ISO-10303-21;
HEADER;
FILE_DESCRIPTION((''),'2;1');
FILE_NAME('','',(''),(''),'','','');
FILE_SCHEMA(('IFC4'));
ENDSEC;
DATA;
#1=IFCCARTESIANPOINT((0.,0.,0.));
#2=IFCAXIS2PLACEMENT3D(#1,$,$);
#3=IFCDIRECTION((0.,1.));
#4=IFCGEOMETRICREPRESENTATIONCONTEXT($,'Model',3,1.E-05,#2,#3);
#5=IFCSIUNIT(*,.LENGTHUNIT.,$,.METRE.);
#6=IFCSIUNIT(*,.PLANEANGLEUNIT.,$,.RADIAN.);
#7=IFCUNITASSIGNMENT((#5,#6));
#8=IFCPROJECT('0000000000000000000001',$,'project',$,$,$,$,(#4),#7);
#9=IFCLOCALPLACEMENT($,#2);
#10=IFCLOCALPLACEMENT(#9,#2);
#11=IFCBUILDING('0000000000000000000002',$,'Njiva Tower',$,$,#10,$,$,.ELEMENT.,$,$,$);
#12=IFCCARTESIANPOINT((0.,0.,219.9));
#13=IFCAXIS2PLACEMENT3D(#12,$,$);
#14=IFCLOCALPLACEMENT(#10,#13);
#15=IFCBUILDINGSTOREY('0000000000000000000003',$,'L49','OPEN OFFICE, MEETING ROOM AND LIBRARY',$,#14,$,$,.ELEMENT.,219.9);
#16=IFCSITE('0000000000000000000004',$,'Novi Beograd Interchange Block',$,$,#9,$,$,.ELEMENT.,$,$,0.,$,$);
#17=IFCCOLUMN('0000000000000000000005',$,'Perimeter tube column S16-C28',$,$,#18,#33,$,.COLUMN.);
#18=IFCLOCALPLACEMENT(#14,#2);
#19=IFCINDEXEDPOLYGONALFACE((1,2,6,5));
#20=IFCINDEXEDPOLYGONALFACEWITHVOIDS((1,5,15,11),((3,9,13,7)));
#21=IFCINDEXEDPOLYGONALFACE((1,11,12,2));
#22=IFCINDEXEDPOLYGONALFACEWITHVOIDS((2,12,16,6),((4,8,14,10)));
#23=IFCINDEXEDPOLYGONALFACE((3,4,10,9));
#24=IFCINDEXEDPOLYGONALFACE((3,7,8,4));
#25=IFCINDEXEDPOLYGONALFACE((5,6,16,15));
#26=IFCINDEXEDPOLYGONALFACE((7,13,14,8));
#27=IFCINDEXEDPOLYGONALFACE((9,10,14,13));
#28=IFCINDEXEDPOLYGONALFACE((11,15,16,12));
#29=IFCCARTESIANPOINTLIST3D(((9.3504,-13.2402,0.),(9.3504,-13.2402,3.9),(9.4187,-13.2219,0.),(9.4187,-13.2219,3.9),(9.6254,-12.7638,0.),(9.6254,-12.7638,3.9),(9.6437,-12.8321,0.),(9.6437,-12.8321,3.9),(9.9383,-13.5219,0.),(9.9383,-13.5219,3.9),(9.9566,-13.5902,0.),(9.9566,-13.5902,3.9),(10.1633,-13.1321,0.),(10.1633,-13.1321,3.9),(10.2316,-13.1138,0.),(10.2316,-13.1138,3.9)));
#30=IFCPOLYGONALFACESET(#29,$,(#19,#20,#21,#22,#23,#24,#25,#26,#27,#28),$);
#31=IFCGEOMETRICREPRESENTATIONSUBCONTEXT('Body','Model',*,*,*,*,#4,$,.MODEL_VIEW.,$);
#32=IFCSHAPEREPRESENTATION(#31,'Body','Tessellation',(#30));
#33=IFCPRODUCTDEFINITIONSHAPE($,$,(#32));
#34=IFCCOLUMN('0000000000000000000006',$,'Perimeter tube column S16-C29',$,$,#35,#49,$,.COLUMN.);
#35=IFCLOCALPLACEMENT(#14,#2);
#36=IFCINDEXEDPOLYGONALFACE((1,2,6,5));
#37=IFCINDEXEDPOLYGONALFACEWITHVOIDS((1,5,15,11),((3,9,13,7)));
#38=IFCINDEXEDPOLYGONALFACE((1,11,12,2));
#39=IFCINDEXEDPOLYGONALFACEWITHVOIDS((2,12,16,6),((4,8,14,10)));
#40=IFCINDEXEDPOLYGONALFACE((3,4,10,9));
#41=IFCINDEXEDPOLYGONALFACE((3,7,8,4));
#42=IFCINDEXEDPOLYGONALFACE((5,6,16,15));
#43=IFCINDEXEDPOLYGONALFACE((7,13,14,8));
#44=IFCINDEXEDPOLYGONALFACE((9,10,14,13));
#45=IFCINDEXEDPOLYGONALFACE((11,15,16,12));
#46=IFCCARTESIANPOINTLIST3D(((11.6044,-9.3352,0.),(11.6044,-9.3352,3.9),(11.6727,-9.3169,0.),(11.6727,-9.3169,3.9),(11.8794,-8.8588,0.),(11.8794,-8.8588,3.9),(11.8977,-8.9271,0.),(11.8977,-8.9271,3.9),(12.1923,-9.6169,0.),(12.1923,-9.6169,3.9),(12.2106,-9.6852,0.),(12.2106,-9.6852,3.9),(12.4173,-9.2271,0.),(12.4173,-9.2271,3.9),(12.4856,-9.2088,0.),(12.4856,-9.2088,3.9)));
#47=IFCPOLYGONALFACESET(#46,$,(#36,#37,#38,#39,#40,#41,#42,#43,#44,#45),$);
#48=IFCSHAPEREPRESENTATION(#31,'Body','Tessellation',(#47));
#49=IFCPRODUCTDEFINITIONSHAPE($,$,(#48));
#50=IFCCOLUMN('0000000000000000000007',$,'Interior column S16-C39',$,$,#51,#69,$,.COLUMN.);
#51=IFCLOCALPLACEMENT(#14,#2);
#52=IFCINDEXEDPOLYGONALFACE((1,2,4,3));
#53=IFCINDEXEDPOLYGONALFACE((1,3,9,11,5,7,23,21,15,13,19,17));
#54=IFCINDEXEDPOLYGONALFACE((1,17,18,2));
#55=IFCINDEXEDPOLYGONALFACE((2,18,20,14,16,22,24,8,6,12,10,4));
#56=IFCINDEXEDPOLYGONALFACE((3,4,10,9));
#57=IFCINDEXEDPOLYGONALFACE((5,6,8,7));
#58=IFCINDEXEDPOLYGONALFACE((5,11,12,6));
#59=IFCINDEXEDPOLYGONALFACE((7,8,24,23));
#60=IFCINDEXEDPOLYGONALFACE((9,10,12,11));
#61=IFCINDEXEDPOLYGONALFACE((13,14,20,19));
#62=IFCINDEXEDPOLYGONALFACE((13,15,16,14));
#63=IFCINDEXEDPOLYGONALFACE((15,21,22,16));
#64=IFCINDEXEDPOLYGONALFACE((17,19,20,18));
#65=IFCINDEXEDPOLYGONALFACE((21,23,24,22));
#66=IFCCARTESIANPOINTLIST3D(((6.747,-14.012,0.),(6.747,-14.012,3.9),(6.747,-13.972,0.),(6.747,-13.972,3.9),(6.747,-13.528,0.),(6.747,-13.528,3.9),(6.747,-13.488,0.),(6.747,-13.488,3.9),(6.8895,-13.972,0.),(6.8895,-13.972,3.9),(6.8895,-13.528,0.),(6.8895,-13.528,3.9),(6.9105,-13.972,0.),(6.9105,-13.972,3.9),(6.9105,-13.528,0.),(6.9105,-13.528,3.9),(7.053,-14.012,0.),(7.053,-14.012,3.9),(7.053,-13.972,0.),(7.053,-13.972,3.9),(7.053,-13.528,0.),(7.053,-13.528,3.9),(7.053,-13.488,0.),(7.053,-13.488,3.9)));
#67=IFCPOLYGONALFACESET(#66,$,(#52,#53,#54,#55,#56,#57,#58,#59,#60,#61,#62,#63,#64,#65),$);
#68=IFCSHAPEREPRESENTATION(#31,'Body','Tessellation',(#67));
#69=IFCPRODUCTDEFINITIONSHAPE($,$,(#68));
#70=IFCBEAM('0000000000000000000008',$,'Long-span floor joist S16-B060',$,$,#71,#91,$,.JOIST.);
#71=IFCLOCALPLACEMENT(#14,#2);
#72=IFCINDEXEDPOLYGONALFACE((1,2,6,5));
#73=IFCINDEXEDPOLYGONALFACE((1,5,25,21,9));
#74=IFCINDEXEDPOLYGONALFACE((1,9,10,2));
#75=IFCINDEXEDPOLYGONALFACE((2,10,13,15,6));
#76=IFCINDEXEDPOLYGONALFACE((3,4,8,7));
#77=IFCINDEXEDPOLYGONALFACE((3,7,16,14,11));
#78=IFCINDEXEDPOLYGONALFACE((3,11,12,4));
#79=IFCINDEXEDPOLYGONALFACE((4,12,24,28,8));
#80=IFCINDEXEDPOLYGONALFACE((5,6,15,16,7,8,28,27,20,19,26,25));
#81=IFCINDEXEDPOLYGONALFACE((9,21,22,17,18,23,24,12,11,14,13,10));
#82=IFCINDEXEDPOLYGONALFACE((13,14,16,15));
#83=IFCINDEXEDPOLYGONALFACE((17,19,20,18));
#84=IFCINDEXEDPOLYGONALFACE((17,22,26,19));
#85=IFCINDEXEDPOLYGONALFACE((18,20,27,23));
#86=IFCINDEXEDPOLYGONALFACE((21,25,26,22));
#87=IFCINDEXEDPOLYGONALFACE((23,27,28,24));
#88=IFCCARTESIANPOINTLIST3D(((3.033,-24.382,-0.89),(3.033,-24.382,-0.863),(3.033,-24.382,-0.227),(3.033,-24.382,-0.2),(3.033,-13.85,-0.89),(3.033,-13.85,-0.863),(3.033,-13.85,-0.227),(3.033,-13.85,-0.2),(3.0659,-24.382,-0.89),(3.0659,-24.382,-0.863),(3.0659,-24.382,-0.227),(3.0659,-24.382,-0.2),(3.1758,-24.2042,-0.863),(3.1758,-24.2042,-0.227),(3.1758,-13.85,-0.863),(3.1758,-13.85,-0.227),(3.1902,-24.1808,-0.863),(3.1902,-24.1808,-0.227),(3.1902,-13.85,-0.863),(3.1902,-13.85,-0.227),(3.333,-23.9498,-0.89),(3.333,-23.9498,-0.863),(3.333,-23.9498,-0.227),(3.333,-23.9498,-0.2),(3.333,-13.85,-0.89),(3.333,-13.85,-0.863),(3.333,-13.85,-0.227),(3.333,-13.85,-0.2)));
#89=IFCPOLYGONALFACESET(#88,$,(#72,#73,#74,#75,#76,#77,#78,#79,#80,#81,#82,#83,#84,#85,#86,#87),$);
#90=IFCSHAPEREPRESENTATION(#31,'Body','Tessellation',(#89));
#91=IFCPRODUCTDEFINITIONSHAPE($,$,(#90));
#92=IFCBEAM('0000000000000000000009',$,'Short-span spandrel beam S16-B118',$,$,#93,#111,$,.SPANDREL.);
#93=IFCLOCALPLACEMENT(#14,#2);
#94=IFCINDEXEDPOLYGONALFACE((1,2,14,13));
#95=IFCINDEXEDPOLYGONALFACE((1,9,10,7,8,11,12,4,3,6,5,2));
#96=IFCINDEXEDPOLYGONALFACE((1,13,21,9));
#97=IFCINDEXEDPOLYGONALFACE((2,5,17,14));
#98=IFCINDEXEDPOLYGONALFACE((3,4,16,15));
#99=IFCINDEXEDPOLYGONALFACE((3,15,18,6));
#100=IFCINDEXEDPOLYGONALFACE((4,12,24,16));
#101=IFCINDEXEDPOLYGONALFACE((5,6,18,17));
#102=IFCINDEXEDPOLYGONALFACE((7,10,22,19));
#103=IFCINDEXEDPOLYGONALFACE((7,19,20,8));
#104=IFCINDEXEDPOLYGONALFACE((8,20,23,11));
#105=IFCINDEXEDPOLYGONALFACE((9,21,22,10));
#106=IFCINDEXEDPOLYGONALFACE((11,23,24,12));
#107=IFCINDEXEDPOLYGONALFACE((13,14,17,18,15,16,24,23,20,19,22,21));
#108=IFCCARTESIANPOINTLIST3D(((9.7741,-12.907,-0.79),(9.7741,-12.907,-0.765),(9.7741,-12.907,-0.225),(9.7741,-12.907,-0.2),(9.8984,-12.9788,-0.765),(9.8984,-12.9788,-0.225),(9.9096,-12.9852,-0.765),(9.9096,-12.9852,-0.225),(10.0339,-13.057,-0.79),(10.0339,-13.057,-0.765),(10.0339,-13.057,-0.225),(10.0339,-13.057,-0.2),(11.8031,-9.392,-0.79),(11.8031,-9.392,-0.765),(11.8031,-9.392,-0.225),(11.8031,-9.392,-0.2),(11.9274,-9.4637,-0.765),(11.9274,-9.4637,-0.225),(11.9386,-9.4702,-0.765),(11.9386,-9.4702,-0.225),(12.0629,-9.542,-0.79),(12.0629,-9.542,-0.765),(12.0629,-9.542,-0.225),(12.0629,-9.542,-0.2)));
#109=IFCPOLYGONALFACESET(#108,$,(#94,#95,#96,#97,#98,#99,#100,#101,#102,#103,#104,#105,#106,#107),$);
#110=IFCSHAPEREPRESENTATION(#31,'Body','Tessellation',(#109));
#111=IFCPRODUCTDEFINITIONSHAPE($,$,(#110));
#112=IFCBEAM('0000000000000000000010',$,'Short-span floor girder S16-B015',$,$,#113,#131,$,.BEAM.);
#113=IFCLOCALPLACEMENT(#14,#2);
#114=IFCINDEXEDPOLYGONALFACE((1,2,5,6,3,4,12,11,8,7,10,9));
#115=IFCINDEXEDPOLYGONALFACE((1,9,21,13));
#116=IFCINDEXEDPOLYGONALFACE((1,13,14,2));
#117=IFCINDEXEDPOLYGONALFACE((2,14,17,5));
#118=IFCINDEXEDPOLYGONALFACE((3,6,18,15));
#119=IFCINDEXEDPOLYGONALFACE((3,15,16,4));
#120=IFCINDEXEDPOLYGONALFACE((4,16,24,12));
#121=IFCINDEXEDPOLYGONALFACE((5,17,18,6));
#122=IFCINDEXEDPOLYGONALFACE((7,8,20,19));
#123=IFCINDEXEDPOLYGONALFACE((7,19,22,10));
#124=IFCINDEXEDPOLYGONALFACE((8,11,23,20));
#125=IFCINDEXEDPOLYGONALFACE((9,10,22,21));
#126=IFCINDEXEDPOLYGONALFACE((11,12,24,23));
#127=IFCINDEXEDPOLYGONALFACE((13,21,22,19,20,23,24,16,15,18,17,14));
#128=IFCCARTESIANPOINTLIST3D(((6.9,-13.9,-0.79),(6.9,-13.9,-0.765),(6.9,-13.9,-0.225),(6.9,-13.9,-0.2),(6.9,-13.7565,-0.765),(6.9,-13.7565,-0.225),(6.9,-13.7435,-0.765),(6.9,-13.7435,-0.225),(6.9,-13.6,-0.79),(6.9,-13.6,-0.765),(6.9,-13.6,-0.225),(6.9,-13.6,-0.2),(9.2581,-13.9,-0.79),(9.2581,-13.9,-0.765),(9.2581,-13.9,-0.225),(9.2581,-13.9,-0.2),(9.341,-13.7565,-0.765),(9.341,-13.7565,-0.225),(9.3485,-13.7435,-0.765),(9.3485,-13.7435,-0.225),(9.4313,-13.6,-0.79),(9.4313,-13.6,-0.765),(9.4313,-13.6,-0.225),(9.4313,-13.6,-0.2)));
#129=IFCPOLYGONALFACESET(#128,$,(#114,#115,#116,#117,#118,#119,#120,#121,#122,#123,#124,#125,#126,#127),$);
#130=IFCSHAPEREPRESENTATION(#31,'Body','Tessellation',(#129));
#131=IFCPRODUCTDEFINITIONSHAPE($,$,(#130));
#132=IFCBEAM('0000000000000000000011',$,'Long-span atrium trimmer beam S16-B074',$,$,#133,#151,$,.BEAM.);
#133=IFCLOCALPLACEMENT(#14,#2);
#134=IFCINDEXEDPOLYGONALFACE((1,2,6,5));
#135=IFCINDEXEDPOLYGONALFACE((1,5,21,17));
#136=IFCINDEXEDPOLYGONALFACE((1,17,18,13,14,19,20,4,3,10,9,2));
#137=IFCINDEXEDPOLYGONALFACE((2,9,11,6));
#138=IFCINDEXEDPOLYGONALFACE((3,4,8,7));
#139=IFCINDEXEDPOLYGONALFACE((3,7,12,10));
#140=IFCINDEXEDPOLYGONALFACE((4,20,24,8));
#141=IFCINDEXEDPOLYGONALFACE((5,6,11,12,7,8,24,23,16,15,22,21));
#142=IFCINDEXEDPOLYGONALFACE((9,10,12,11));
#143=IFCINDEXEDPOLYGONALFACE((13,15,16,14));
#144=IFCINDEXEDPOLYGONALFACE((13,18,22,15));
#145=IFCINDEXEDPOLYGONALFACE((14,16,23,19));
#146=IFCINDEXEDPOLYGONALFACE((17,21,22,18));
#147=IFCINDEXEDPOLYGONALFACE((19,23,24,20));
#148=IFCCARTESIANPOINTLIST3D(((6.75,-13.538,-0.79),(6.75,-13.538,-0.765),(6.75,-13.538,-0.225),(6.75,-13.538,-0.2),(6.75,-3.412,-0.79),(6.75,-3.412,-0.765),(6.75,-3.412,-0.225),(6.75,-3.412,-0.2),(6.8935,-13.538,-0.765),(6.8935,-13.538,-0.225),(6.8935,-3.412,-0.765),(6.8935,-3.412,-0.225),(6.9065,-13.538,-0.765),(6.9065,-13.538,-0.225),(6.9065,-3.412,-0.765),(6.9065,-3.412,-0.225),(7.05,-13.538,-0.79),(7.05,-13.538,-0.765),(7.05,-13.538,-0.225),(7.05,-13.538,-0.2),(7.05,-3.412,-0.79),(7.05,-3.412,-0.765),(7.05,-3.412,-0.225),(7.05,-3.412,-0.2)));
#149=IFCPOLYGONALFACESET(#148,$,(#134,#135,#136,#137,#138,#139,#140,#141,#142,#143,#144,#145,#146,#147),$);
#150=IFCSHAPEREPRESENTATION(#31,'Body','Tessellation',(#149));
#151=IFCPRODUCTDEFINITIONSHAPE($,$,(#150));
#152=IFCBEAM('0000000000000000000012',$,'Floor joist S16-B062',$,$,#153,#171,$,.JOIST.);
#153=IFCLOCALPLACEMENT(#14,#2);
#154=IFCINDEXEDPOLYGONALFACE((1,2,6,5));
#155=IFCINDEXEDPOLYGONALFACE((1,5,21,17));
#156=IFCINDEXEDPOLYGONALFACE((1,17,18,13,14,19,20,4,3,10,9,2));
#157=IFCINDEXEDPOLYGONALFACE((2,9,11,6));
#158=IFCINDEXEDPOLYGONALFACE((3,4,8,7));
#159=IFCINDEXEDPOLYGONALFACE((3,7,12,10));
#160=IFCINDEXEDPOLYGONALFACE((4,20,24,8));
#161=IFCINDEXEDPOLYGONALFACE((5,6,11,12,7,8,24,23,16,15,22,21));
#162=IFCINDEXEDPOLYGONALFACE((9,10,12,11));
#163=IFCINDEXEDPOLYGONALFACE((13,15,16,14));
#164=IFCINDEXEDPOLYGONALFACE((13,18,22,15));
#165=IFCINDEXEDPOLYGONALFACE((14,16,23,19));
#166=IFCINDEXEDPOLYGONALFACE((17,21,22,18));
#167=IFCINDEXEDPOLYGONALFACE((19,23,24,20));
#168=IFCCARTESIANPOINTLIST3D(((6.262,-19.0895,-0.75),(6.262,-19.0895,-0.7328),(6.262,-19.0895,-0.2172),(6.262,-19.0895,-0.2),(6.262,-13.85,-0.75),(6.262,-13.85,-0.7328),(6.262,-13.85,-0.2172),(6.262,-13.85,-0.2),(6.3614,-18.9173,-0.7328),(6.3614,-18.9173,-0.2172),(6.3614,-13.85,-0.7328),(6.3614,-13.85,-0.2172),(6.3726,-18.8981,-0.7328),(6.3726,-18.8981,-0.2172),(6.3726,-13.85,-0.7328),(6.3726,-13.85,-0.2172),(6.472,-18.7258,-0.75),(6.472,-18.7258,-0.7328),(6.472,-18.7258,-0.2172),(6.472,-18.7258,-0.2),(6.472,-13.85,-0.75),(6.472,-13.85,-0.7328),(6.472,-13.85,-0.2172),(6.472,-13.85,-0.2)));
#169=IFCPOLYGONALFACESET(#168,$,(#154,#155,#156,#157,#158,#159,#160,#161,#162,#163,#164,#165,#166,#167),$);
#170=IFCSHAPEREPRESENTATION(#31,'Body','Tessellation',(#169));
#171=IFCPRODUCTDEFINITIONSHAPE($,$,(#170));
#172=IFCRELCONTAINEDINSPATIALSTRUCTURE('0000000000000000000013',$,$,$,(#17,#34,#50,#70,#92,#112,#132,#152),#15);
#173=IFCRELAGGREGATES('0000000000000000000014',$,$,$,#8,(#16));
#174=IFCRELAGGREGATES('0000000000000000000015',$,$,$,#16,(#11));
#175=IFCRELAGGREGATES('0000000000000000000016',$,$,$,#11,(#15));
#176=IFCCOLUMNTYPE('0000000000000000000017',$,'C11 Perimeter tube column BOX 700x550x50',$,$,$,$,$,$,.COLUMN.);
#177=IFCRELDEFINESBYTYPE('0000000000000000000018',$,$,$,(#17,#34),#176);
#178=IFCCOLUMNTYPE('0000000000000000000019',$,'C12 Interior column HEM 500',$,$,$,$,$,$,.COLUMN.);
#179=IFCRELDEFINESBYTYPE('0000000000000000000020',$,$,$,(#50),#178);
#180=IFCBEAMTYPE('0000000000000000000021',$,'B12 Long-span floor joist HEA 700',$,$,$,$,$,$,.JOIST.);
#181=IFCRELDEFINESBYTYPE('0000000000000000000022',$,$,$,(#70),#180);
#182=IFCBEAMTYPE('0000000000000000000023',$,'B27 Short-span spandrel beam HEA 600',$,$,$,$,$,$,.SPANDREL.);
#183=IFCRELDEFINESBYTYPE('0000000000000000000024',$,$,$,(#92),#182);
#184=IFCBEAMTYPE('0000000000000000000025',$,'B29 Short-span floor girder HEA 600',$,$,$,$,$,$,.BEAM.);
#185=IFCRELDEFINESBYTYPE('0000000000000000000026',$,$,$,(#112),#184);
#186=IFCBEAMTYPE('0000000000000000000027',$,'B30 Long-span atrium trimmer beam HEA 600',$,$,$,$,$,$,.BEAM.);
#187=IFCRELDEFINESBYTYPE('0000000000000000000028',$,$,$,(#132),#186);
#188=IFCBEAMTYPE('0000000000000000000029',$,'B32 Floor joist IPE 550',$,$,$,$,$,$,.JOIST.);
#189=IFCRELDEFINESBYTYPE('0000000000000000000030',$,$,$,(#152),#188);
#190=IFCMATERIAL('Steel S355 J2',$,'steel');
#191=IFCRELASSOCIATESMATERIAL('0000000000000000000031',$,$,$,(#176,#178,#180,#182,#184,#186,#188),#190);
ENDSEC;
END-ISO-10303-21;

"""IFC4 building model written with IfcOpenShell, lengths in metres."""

from ifc_helpers import new_model, si_unit, direction, frame, origin, origin_2d, place, context, subcontext, project, spatial, hollow_rectangle, i_section, extrude, clip, halfspace, material, material_profile, profile_set, type_object, element, save


model = new_model("IFC4")

# Units and contexts
model_context = context("Model", 3, precision=1e-05, world=origin(), true_north=direction((0.0, 1.0)))
body_context = subcontext(model_context, "Body", "Model", "MODEL_VIEW")
ifc_project = project(units=[si_unit("LENGTHUNIT", "METRE"), si_unit("PLANEANGLEUNIT", "RADIAN")], contexts=[model_context])

# Site, building, storey
site_placement = place(None, origin())
site = spatial("IfcSite", under=ifc_project, at=site_placement, Name="Novi Beograd Interchange Block", CompositionType="ELEMENT", RefElevation=0.0)
building_placement = place(site_placement, origin())
building = spatial("IfcBuilding", under=site, at=building_placement, Name="Njiva Tower", CompositionType="ELEMENT")
storey_placement = place(building_placement, frame((0.0, 0.0, 219.9)))
storey = spatial("IfcBuildingStorey", under=building, at=storey_placement, Name="L49", Description="OPEN OFFICE, MEETING ROOM AND LIBRARY", CompositionType="ELEMENT", Elevation=219.9)

# Columns
ifc_material_1 = material(Name="Steel S355 J2", Category="steel")
ifc_material_profile_1 = material_profile(ifc_material_1, hollow_rectangle(XDim=0.55, YDim=0.7, WallThickness=0.05, at=origin_2d()), Name="BOX 700x550x50")
ifc_profile_set_1 = profile_set([ifc_material_profile_1], Name="Steel S355 J2")
column_type_1 = type_object("IfcColumnType", Name="C11 Perimeter tube column BOX 700x550x50", PredefinedType="COLUMN", material=ifc_profile_set_1)
for number, where, z_axis, x_axis, name in (
    (1, (9.791, -13.177, 0.0), (0.0, 0.0, 1.0), (0.5, 0.866025, 0.0), "Perimeter tube column S16-C28"),
    (2, (12.045, -9.272, 0.0), (0.0, 0.0, 1.0), (0.5, 0.866025, 0.0), "Perimeter tube column S16-C29"),
):
    element("IfcColumn", number, at=place(storey_placement, frame(where, z_axis=z_axis, x_axis=x_axis)), inside=storey, type_object=column_type_1, Name=name, PredefinedType="COLUMN", context=body_context, shape_type="SweptSolid", body=[
        extrude(hollow_rectangle(XDim=0.55, YDim=0.7, WallThickness=0.05, at=origin_2d()), origin(), (0.0, 0.0, 1.0), 3.9),
    ])
ifc_material_profile_2 = material_profile(ifc_material_1, i_section(OverallWidth=0.306, OverallDepth=0.524, WebThickness=0.021, FlangeThickness=0.04, at=origin_2d()), Name="HEM 500")
ifc_profile_set_2 = profile_set([ifc_material_profile_2], Name="Steel S355 J2")
column_type_2 = type_object("IfcColumnType", Name="C12 Interior column HEM 500", PredefinedType="COLUMN", material=ifc_profile_set_2)
column_placement = place(storey_placement, frame((6.9, -13.75, 0.0), z_axis=(0.0, 0.0, 1.0), x_axis=(1.0, 0.0, 0.0)))
element("IfcColumn", 3, at=column_placement, inside=storey, type_object=column_type_2, Name="Interior column S16-C39", PredefinedType="COLUMN", context=body_context, shape_type="SweptSolid", body=[
    extrude(i_section(OverallWidth=0.306, OverallDepth=0.524, WebThickness=0.021, FlangeThickness=0.04, at=origin_2d()), origin(), (0.0, 0.0, 1.0), 3.9),
])

# Beams
ifc_material_profile_3 = material_profile(ifc_material_1, i_section(OverallWidth=0.3, OverallDepth=0.69, WebThickness=0.0145, FlangeThickness=0.027, at=origin_2d()), Name="HEA 700")
ifc_profile_set_3 = profile_set([ifc_material_profile_3], Name="Steel S355 J2")
beam_type_1 = type_object("IfcBeamType", Name="B12 Long-span floor joist HEA 700", PredefinedType="JOIST", material=ifc_profile_set_3)
beam_1_placement = place(storey_placement, frame((3.183, -13.85, -0.545), z_axis=(0.0, -1.0, 0.0), x_axis=(1.0, 0.0, 0.0)))
element("IfcBeam", 4, at=beam_1_placement, inside=storey, type_object=beam_type_1, Name="Long-span floor joist S16-B060", PredefinedType="JOIST", context=body_context, shape_type="Clipping", body=[
    clip(extrude(i_section(OverallWidth=0.3, OverallDepth=0.69, WebThickness=0.0145, FlangeThickness=0.027, at=origin_2d()), origin(), (0.0, 0.0, 1.0), 10.532), halfspace(frame((0.0429, 0.0, 10.2731), z_axis=(0.850625, 0.0, 0.525773), x_axis=(0.0, 1.0, 0.0)), False)),
])
ifc_material_profile_4 = material_profile(ifc_material_1, i_section(OverallWidth=0.3, OverallDepth=0.59, WebThickness=0.013, FlangeThickness=0.025, at=origin_2d()), Name="HEA 600")
ifc_profile_set_4 = profile_set([ifc_material_profile_4], Name="Steel S355 J2")
beam_type_2 = type_object("IfcBeamType", Name="B27 Short-span spandrel beam HEA 600", PredefinedType="SPANDREL", material=ifc_profile_set_4)
beam_2_placement = place(storey_placement, frame((9.904, -12.982, -0.495), z_axis=(0.499929, 0.866067, 0.0), x_axis=(-0.866067, 0.499929, 0.0)))
element("IfcBeam", 5, at=beam_2_placement, inside=storey, type_object=beam_type_2, Name="Short-span spandrel beam S16-B118", PredefinedType="SPANDREL", context=body_context, shape_type="SweptSolid", body=[
    extrude(i_section(OverallWidth=0.3, OverallDepth=0.59, WebThickness=0.013, FlangeThickness=0.025, at=origin_2d()), origin(), (0.0, 0.0, 1.0), 4.0586),
])
ifc_material_profile_5 = material_profile(ifc_material_1, i_section(OverallWidth=0.3, OverallDepth=0.59, WebThickness=0.013, FlangeThickness=0.025, at=origin_2d()), Name="HEA 600")
ifc_profile_set_5 = profile_set([ifc_material_profile_5], Name="Steel S355 J2")
beam_type_3 = type_object("IfcBeamType", Name="B29 Short-span floor girder HEA 600", PredefinedType="BEAM", material=ifc_profile_set_5)
beam_3_placement = place(storey_placement, frame((6.9, -13.75, -0.495), z_axis=(1.0, 0.0, 0.0), x_axis=(0.0, 1.0, 0.0)))
element("IfcBeam", 6, at=beam_3_placement, inside=storey, type_object=beam_type_3, Name="Short-span floor girder S16-B015", PredefinedType="BEAM", context=body_context, shape_type="Clipping", body=[
    clip(extrude(i_section(OverallWidth=0.3, OverallDepth=0.59, WebThickness=0.013, FlangeThickness=0.025, at=origin_2d()), origin(), (0.0, 0.0, 1.0), 2.552), halfspace(frame((-0.025, 0.0, 2.4303), z_axis=(-0.499998, 0.0, 0.866027), x_axis=(0.0, 1.0, 0.0)), False)),
])
ifc_material_profile_6 = material_profile(ifc_material_1, i_section(OverallWidth=0.3, OverallDepth=0.59, WebThickness=0.013, FlangeThickness=0.025, at=origin_2d()), Name="HEA 600")
ifc_profile_set_6 = profile_set([ifc_material_profile_6], Name="Steel S355 J2")
beam_type_4 = type_object("IfcBeamType", Name="B30 Long-span atrium trimmer beam HEA 600", PredefinedType="BEAM", material=ifc_profile_set_6)
beam_4_placement = place(storey_placement, frame((6.9, -13.538, -0.495), z_axis=(0.0, 1.0, 0.0), x_axis=(-1.0, 0.0, 0.0)))
element("IfcBeam", 7, at=beam_4_placement, inside=storey, type_object=beam_type_4, Name="Long-span atrium trimmer beam S16-B074", PredefinedType="BEAM", context=body_context, shape_type="SweptSolid", body=[
    extrude(i_section(OverallWidth=0.3, OverallDepth=0.59, WebThickness=0.013, FlangeThickness=0.025, at=origin_2d()), origin(), (0.0, 0.0, 1.0), 10.126),
])
ifc_material_profile_7 = material_profile(ifc_material_1, i_section(OverallWidth=0.21, OverallDepth=0.55, WebThickness=0.0111, FlangeThickness=0.0172, at=origin_2d()), Name="IPE 550")
ifc_profile_set_7 = profile_set([ifc_material_profile_7], Name="Steel S355 J2")
beam_type_5 = type_object("IfcBeamType", Name="B32 Floor joist IPE 550", PredefinedType="JOIST", material=ifc_profile_set_7)
beam_5_placement = place(storey_placement, frame((6.367, -13.85, -0.475), z_axis=(0.0, -1.0, 0.0), x_axis=(1.0, 0.0, 0.0)))
element("IfcBeam", 8, at=beam_5_placement, inside=storey, type_object=beam_type_5, Name="Floor joist S16-B062", PredefinedType="JOIST", context=body_context, shape_type="Clipping", body=[
    clip(extrude(i_section(OverallWidth=0.21, OverallDepth=0.55, WebThickness=0.0111, FlangeThickness=0.0172, at=origin_2d()), origin(), (0.0, 0.0, 1.0), 5.26), halfspace(frame((0.043, 0.0, 4.9832), z_axis=(0.866027, 0.0, 0.499998), x_axis=(0.0, 1.0, 0.0)), False)),
])

save(model, "model.ifc")
